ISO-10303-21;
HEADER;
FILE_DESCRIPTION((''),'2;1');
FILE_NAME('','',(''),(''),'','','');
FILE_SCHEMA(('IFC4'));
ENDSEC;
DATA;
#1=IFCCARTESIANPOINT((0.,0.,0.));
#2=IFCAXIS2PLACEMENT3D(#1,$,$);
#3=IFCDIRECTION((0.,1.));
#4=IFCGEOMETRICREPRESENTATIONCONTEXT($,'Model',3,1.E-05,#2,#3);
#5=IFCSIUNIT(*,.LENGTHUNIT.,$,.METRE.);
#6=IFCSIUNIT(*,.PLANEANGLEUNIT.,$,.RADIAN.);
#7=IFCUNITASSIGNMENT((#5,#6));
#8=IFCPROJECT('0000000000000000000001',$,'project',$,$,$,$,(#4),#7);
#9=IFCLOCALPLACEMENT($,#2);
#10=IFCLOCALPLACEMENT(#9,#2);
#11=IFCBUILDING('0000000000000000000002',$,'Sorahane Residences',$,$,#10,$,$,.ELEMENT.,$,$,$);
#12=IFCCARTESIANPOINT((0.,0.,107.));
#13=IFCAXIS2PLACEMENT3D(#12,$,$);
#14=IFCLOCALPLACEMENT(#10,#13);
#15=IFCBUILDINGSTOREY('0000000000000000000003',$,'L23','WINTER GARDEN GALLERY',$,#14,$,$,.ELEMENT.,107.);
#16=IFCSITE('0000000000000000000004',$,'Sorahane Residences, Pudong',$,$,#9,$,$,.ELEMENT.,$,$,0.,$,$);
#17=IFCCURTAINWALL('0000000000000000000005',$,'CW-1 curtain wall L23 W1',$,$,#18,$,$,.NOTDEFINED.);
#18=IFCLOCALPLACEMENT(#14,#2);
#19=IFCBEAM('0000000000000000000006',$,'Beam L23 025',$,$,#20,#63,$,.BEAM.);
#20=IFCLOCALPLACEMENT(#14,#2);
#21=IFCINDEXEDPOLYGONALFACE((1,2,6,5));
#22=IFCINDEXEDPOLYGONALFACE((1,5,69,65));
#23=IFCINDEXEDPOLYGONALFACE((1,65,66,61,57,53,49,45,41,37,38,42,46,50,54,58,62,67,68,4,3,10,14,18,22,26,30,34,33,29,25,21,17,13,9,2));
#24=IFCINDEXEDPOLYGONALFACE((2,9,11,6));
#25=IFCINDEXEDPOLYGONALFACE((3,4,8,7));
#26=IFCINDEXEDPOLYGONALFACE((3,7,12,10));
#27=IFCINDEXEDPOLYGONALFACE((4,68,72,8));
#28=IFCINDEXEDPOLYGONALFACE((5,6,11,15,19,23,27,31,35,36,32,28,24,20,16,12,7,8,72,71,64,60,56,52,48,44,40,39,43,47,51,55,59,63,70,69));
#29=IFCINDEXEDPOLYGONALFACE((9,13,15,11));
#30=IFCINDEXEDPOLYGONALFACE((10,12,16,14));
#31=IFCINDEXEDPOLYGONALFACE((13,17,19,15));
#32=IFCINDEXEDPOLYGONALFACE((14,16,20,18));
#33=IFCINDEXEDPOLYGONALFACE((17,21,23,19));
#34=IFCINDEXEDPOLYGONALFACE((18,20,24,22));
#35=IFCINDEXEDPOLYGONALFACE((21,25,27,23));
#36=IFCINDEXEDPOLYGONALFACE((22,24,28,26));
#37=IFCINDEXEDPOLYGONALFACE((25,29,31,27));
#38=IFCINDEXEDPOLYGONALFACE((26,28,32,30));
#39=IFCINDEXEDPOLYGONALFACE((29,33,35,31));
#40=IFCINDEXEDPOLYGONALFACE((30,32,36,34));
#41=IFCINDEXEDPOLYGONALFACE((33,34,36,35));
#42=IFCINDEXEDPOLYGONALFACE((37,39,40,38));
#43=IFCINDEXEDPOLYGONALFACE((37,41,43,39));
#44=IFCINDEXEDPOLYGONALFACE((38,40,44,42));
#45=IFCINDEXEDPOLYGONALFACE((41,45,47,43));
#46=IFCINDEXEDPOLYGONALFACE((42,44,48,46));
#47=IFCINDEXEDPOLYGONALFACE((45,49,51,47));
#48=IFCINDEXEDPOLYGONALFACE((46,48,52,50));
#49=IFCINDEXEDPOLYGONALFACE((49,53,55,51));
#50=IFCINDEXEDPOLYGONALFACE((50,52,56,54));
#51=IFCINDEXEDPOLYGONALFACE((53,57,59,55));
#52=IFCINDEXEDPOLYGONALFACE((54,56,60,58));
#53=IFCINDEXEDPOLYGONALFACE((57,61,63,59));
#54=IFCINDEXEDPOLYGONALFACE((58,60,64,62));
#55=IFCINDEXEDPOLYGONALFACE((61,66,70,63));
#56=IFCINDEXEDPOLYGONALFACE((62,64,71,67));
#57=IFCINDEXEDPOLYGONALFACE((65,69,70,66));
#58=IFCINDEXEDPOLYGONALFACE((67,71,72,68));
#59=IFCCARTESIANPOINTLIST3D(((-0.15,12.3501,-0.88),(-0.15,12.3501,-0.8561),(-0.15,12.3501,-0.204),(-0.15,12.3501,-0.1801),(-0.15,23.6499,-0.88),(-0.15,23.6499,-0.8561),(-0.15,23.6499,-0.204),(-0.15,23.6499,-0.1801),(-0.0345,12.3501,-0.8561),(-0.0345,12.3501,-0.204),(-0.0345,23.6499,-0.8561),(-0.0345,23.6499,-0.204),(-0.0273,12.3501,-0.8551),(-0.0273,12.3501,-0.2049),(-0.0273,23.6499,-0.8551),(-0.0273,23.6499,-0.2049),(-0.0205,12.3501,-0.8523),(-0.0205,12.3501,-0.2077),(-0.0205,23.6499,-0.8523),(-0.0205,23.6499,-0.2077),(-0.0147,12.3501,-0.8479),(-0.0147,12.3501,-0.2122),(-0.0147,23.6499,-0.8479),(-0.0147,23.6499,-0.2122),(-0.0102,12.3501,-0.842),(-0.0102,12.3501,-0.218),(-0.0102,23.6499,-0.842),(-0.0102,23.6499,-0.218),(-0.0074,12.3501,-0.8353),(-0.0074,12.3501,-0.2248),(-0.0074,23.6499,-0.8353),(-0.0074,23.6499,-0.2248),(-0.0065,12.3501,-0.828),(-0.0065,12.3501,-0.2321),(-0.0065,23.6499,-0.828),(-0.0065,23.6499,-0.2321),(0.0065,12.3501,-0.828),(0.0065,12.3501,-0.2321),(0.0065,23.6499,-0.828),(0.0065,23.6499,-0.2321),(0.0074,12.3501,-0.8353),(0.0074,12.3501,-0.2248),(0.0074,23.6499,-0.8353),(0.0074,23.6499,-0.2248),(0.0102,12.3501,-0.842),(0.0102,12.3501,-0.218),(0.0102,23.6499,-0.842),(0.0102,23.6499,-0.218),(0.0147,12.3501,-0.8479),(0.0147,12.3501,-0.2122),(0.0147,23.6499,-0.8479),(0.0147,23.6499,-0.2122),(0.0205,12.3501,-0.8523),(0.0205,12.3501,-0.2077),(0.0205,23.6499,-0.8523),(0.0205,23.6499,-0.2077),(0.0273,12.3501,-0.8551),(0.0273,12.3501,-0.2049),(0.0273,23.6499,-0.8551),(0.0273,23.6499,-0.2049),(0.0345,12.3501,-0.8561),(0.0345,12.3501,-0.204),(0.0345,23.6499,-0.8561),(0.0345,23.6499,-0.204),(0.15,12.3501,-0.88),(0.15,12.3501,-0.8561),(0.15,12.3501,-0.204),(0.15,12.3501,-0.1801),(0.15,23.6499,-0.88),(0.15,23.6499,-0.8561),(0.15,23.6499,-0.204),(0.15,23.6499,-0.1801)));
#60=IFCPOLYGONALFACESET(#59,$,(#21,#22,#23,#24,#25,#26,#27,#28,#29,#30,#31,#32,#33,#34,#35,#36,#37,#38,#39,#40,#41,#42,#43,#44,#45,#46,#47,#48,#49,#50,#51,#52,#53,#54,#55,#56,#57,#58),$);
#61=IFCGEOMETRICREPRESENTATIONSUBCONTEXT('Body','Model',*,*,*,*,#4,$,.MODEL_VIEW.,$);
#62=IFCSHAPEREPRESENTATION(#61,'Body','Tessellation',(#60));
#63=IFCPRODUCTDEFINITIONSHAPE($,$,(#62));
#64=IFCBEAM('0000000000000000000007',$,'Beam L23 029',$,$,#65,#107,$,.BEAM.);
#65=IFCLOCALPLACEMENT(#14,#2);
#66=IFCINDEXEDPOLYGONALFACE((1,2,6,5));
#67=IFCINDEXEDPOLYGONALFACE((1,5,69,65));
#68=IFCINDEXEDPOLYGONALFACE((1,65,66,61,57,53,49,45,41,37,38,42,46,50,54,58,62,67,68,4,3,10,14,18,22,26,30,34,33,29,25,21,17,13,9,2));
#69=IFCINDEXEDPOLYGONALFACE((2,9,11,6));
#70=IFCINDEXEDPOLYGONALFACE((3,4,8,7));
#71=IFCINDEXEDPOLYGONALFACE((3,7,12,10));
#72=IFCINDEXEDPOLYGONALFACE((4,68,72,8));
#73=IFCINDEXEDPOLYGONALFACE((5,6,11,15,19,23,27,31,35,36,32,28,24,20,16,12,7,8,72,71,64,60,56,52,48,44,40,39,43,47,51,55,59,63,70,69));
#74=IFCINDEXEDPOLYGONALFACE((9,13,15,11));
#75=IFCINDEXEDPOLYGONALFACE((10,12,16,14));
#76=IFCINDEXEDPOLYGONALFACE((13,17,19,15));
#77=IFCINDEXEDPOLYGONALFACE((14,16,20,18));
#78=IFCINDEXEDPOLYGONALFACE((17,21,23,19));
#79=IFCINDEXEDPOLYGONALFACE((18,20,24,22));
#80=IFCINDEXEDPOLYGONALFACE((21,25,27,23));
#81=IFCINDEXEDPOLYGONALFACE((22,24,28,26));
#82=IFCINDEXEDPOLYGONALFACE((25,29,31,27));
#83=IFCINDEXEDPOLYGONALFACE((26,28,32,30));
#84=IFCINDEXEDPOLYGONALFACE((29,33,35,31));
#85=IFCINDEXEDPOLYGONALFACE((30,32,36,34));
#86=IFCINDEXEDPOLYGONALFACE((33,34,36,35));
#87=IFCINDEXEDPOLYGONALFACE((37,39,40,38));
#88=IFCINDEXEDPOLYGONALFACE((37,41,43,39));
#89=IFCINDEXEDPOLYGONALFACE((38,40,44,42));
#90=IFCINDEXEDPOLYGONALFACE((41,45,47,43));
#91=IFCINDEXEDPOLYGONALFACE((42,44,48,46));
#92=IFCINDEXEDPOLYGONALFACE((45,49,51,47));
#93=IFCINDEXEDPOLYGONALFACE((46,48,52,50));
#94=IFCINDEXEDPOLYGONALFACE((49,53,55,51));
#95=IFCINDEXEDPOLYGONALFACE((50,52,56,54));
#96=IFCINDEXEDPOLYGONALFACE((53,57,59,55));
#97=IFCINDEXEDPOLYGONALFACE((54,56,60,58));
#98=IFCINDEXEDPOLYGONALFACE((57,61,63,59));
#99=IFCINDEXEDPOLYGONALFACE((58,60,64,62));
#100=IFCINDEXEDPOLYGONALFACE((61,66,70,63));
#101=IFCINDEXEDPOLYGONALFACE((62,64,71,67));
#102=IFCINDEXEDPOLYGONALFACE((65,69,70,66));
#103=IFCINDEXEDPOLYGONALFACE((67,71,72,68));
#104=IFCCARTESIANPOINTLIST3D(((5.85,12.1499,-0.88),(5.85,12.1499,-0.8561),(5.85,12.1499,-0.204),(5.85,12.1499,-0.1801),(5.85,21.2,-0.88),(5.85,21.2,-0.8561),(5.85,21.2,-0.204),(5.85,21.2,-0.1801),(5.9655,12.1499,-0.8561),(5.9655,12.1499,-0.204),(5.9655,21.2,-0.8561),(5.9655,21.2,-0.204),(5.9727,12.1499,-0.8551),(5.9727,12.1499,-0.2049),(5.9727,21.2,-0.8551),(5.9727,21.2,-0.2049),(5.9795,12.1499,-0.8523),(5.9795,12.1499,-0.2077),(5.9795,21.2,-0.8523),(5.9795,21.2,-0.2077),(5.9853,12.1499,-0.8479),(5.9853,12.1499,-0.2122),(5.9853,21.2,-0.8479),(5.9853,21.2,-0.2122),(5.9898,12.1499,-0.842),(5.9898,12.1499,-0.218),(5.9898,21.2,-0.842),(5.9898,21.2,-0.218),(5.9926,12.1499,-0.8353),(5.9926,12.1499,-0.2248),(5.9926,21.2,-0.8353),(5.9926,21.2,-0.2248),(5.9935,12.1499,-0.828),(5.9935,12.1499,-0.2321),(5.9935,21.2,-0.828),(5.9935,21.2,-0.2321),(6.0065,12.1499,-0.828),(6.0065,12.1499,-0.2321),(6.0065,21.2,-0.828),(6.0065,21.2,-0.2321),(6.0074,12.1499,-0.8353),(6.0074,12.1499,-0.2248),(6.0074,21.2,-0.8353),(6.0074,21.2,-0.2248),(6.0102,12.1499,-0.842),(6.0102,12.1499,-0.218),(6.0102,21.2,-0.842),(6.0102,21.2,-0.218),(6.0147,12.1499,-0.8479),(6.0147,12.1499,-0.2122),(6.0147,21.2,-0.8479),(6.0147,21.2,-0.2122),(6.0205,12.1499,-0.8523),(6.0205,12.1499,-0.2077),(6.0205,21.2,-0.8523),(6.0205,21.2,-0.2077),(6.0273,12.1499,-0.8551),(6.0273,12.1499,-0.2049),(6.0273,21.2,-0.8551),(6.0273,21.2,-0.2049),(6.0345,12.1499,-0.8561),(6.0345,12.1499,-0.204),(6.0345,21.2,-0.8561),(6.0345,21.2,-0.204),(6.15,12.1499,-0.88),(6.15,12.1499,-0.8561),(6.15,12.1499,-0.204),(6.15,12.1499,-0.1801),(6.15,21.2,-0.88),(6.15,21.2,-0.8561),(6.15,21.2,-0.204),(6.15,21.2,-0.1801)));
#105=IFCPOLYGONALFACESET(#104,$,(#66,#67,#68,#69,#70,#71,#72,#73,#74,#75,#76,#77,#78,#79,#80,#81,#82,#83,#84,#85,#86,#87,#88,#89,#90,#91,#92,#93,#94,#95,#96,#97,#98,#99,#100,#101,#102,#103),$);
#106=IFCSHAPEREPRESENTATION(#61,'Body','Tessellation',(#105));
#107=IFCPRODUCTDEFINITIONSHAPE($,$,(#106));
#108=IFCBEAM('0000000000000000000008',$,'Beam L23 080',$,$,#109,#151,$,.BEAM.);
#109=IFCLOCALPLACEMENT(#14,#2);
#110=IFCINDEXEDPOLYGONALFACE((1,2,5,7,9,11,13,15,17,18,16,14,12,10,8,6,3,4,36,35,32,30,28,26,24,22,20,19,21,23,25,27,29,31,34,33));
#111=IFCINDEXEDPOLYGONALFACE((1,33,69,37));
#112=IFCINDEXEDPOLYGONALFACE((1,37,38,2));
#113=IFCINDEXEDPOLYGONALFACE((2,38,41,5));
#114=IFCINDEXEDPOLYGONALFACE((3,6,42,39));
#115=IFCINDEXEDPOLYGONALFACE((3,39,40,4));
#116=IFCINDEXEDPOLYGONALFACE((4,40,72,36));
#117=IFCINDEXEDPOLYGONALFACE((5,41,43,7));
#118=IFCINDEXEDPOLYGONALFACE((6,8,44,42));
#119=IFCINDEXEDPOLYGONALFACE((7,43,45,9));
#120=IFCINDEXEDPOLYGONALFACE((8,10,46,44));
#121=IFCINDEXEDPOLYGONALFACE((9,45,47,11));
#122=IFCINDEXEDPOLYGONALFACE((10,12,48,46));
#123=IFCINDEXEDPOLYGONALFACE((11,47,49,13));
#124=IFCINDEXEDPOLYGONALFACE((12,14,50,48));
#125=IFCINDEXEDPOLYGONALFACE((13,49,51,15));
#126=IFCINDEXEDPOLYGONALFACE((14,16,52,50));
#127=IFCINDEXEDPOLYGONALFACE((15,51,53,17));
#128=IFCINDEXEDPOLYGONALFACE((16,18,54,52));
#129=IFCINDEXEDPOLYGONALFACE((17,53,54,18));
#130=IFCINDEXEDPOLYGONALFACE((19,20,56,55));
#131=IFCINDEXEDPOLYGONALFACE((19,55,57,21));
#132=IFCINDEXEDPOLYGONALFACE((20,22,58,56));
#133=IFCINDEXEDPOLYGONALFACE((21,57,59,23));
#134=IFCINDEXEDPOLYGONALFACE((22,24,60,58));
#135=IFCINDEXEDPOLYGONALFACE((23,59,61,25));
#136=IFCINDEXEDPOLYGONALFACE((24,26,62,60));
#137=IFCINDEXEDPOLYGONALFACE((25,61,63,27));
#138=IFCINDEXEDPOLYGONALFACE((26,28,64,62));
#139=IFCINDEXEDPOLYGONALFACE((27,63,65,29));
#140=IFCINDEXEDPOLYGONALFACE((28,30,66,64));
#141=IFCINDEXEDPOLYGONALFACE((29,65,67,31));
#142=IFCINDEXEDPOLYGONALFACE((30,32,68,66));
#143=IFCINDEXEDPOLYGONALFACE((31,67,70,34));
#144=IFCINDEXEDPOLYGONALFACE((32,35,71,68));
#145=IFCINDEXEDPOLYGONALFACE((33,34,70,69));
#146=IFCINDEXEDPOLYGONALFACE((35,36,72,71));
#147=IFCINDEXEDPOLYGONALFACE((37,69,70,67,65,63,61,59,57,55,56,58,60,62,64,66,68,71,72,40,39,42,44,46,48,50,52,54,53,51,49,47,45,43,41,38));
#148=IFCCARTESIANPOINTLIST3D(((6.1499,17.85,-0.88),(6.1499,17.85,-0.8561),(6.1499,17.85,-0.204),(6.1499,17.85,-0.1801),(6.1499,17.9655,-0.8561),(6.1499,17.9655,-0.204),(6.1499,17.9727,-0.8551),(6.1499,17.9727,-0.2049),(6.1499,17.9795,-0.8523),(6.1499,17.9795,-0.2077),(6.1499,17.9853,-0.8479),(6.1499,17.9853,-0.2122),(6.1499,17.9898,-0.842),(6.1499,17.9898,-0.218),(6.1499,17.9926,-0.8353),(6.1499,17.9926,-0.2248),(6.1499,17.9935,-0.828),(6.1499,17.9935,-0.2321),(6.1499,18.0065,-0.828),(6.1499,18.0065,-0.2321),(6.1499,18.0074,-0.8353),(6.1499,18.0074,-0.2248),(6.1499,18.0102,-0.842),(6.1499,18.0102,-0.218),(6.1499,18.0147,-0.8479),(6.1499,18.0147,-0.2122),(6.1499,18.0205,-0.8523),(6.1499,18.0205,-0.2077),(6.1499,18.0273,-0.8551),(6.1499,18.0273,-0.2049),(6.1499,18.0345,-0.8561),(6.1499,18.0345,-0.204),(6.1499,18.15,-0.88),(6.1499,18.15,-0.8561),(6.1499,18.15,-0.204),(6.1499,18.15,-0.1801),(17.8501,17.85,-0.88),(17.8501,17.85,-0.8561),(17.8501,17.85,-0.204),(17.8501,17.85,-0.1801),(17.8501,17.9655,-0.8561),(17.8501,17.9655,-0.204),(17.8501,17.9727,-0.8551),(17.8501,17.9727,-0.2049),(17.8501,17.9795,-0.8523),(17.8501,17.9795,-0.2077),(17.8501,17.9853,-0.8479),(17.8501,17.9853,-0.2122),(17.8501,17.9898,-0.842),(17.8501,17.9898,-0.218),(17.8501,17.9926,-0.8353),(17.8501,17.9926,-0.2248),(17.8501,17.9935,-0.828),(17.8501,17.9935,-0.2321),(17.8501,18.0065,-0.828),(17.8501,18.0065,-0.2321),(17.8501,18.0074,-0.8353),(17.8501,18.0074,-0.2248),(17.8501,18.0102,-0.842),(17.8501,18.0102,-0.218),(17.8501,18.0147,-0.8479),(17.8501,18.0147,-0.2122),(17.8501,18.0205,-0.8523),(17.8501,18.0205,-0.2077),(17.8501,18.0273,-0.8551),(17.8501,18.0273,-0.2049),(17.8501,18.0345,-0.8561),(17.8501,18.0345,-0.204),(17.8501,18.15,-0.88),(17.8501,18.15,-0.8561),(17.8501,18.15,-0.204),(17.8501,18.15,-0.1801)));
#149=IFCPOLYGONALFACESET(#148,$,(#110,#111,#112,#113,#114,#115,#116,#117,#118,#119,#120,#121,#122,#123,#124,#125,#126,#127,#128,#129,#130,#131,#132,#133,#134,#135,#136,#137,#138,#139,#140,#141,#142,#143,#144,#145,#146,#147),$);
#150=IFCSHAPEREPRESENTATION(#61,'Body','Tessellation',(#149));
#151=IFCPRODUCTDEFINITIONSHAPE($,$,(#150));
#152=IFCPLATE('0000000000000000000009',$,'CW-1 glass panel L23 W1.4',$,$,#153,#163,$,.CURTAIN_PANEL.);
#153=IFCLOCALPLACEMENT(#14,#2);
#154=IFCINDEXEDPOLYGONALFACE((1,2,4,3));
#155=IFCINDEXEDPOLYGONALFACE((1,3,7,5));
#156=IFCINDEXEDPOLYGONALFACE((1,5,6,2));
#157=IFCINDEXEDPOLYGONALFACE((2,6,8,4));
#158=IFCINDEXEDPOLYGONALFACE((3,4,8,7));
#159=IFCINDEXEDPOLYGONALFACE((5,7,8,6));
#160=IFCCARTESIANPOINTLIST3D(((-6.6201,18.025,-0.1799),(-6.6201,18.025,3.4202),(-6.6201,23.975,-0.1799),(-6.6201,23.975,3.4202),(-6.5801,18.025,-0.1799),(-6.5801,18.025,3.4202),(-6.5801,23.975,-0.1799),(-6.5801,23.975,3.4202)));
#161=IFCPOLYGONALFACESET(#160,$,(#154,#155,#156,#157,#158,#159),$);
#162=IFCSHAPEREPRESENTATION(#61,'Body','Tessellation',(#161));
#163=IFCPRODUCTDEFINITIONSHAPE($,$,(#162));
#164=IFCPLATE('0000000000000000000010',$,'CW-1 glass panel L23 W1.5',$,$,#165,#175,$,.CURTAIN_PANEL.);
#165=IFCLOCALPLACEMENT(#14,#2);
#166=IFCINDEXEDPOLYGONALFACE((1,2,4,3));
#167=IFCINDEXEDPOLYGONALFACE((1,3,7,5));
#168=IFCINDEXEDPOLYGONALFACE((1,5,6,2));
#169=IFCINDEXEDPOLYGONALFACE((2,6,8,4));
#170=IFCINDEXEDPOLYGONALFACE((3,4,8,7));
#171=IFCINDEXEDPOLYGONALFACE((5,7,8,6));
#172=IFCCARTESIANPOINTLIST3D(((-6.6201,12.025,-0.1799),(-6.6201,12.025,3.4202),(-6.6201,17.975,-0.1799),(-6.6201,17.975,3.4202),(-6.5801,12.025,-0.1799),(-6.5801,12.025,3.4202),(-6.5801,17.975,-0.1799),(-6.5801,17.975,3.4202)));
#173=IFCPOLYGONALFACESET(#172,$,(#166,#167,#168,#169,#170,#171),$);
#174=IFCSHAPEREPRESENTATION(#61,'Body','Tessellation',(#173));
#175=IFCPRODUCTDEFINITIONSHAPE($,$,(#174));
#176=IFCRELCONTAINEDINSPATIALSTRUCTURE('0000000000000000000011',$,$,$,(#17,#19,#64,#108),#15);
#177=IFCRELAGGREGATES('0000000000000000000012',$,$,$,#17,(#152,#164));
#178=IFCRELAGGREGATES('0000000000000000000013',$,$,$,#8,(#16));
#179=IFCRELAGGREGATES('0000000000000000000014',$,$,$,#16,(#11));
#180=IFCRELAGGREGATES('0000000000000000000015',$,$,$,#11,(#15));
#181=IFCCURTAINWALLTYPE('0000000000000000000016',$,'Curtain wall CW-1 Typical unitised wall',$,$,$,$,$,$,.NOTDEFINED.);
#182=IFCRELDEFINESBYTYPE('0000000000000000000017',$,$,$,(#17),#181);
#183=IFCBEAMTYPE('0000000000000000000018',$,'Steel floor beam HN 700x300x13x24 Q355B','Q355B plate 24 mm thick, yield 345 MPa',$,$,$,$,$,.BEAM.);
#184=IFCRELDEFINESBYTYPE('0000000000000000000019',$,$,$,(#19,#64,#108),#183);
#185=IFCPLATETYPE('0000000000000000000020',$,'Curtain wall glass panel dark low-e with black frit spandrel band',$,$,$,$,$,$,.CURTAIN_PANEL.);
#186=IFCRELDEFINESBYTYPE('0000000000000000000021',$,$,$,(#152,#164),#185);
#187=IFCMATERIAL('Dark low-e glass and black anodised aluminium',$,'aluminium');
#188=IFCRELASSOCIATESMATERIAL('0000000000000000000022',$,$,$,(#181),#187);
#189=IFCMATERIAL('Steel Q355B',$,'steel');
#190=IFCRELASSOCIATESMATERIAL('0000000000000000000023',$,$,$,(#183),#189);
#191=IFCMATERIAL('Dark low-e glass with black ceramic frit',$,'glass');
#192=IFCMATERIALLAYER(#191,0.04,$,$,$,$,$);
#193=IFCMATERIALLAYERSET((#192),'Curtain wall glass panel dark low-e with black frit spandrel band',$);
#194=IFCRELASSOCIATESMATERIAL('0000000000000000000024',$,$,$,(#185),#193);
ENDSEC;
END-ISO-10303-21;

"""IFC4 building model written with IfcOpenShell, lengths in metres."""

from ifc_helpers import new_model, si_unit, direction, frame, origin, origin_2d, place, context, subcontext, project, spatial, rectangle, i_section, extrude, material, layer, layer_set, material_profile, profile_set, type_object, element, aggregate, save


model = new_model("IFC4")

# Units and contexts
model_context = context("Model", 3, precision=1e-05, world=origin(), true_north=direction((0.0, 1.0)))
body_context = subcontext(model_context, "Body", "Model", "MODEL_VIEW")
ifc_project = project(units=[si_unit("LENGTHUNIT", "METRE"), si_unit("PLANEANGLEUNIT", "RADIAN")], contexts=[model_context])

# Site, building, storey
site_placement = place(None, origin())
site = spatial("IfcSite", under=ifc_project, at=site_placement, Name="Sorahane Residences, Pudong", CompositionType="ELEMENT", RefElevation=0.0)
building_placement = place(site_placement, origin())
building = spatial("IfcBuilding", under=site, at=building_placement, Name="Sorahane Residences", CompositionType="ELEMENT")
storey_placement = place(building_placement, frame((0.0, 0.0, 107.0)))
storey = spatial("IfcBuildingStorey", under=building, at=storey_placement, Name="L23", Description="WINTER GARDEN GALLERY", CompositionType="ELEMENT", Elevation=107.0)

# Curtain wall
ifc_material_1 = material(Name="Dark low-e glass and black anodised aluminium", Category="aluminium")
curtain_wall_type = type_object("IfcCurtainWallType", Name="Curtain wall CW-1 Typical unitised wall", PredefinedType="NOTDEFINED", material=ifc_material_1)
curtain_wall_placement = place(storey_placement, origin())
curtain_wall = element("IfcCurtainWall", 1, at=curtain_wall_placement, inside=storey, type_object=curtain_wall_type, Name="CW-1 curtain wall L23 W1", PredefinedType="NOTDEFINED")

# Beams
ifc_material_2 = material(Name="Steel Q355B", Category="steel")
ifc_material_profile_1 = material_profile(ifc_material_2, i_section(OverallWidth=0.3, OverallDepth=0.7, WebThickness=0.0129, FlangeThickness=0.0239, FilletRadius=0.0281, at=origin_2d()), Name="HN 700x300x13x24")
ifc_profile_set_1 = profile_set([ifc_material_profile_1], Name="Steel Q355B")
beam_type_1 = type_object("IfcBeamType", Name="Steel floor beam HN 700x300x13x24 Q355B", Description="Q355B plate 24 mm thick, yield 345 MPa", PredefinedType="BEAM", material=ifc_profile_set_1)
beam_1_placement = place(storey_placement, frame((0.0, 12.3501, -0.53), z_axis=(0.0, 1.0, 0.0), x_axis=(-1.0, 0.0, 0.0)))
element("IfcBeam", 2, at=beam_1_placement, inside=storey, type_object=beam_type_1, Name="Beam L23 025", PredefinedType="BEAM", context=body_context, shape_type="SweptSolid", body=[
    extrude(i_section(OverallWidth=0.3, OverallDepth=0.7, WebThickness=0.0129, FlangeThickness=0.0239, FilletRadius=0.0281, at=origin_2d()), origin(), (0.0, 0.0, 1.0), 11.2998),
])
beam_2_placement = place(storey_placement, frame((6.0, 12.1499, -0.53), z_axis=(0.0, 1.0, 0.0), x_axis=(-1.0, 0.0, 0.0)))
element("IfcBeam", 3, at=beam_2_placement, inside=storey, type_object=beam_type_1, Name="Beam L23 029", PredefinedType="BEAM", context=body_context, shape_type="SweptSolid", body=[
    extrude(i_section(OverallWidth=0.3, OverallDepth=0.7, WebThickness=0.0129, FlangeThickness=0.0239, FilletRadius=0.0281, at=origin_2d()), origin(), (0.0, 0.0, 1.0), 9.05),
])
beam_3_placement = place(storey_placement, frame((6.1499, 18.0, -0.53), z_axis=(1.0, 0.0, 0.0), x_axis=(0.0, 1.0, 0.0)))
element("IfcBeam", 4, at=beam_3_placement, inside=storey, type_object=beam_type_1, Name="Beam L23 080", PredefinedType="BEAM", context=body_context, shape_type="SweptSolid", body=[
    extrude(i_section(OverallWidth=0.3, OverallDepth=0.7, WebThickness=0.0129, FlangeThickness=0.0239, FilletRadius=0.0281, at=origin_2d()), origin(), (0.0, 0.0, 1.0), 11.7002),
])

# Plates
ifc_material_3 = material(Name="Dark low-e glass with black ceramic frit", Category="glass")
ifc_layer_1 = layer(ifc_material_3, 0.04)
ifc_layer_set_1 = layer_set([ifc_layer_1], Name="Curtain wall glass panel dark low-e with black frit spandrel band")
plate_type = type_object("IfcPlateType", Name="Curtain wall glass panel dark low-e with black frit spandrel band", PredefinedType="CURTAIN_PANEL", material=ifc_layer_set_1)
plate_1_placement = place(storey_placement, frame((-6.6001, 21.0, -0.1799), z_axis=(0.0, 0.0, 1.0), x_axis=(0.0, -1.0, 0.0)))
plate_1 = element("IfcPlate", 5, at=plate_1_placement, type_object=plate_type, Name="CW-1 glass panel L23 W1.4", PredefinedType="CURTAIN_PANEL", context=body_context, shape_type="SweptSolid", body=[
    extrude(rectangle(XDim=5.95, YDim=0.04, at=origin_2d()), origin(), (0.0, 0.0, 1.0), 3.6001),
])
plate_2_placement = place(storey_placement, frame((-6.6001, 15.0, -0.1799), z_axis=(0.0, 0.0, 1.0), x_axis=(0.0, -1.0, 0.0)))
plate_2 = element("IfcPlate", 6, at=plate_2_placement, type_object=plate_type, Name="CW-1 glass panel L23 W1.5", PredefinedType="CURTAIN_PANEL", context=body_context, shape_type="SweptSolid", body=[
    extrude(rectangle(XDim=5.95, YDim=0.04, at=origin_2d()), origin(), (0.0, 0.0, 1.0), 3.6001),
])
aggregate(curtain_wall, [plate_1, plate_2])

save(model, "model.ifc")
